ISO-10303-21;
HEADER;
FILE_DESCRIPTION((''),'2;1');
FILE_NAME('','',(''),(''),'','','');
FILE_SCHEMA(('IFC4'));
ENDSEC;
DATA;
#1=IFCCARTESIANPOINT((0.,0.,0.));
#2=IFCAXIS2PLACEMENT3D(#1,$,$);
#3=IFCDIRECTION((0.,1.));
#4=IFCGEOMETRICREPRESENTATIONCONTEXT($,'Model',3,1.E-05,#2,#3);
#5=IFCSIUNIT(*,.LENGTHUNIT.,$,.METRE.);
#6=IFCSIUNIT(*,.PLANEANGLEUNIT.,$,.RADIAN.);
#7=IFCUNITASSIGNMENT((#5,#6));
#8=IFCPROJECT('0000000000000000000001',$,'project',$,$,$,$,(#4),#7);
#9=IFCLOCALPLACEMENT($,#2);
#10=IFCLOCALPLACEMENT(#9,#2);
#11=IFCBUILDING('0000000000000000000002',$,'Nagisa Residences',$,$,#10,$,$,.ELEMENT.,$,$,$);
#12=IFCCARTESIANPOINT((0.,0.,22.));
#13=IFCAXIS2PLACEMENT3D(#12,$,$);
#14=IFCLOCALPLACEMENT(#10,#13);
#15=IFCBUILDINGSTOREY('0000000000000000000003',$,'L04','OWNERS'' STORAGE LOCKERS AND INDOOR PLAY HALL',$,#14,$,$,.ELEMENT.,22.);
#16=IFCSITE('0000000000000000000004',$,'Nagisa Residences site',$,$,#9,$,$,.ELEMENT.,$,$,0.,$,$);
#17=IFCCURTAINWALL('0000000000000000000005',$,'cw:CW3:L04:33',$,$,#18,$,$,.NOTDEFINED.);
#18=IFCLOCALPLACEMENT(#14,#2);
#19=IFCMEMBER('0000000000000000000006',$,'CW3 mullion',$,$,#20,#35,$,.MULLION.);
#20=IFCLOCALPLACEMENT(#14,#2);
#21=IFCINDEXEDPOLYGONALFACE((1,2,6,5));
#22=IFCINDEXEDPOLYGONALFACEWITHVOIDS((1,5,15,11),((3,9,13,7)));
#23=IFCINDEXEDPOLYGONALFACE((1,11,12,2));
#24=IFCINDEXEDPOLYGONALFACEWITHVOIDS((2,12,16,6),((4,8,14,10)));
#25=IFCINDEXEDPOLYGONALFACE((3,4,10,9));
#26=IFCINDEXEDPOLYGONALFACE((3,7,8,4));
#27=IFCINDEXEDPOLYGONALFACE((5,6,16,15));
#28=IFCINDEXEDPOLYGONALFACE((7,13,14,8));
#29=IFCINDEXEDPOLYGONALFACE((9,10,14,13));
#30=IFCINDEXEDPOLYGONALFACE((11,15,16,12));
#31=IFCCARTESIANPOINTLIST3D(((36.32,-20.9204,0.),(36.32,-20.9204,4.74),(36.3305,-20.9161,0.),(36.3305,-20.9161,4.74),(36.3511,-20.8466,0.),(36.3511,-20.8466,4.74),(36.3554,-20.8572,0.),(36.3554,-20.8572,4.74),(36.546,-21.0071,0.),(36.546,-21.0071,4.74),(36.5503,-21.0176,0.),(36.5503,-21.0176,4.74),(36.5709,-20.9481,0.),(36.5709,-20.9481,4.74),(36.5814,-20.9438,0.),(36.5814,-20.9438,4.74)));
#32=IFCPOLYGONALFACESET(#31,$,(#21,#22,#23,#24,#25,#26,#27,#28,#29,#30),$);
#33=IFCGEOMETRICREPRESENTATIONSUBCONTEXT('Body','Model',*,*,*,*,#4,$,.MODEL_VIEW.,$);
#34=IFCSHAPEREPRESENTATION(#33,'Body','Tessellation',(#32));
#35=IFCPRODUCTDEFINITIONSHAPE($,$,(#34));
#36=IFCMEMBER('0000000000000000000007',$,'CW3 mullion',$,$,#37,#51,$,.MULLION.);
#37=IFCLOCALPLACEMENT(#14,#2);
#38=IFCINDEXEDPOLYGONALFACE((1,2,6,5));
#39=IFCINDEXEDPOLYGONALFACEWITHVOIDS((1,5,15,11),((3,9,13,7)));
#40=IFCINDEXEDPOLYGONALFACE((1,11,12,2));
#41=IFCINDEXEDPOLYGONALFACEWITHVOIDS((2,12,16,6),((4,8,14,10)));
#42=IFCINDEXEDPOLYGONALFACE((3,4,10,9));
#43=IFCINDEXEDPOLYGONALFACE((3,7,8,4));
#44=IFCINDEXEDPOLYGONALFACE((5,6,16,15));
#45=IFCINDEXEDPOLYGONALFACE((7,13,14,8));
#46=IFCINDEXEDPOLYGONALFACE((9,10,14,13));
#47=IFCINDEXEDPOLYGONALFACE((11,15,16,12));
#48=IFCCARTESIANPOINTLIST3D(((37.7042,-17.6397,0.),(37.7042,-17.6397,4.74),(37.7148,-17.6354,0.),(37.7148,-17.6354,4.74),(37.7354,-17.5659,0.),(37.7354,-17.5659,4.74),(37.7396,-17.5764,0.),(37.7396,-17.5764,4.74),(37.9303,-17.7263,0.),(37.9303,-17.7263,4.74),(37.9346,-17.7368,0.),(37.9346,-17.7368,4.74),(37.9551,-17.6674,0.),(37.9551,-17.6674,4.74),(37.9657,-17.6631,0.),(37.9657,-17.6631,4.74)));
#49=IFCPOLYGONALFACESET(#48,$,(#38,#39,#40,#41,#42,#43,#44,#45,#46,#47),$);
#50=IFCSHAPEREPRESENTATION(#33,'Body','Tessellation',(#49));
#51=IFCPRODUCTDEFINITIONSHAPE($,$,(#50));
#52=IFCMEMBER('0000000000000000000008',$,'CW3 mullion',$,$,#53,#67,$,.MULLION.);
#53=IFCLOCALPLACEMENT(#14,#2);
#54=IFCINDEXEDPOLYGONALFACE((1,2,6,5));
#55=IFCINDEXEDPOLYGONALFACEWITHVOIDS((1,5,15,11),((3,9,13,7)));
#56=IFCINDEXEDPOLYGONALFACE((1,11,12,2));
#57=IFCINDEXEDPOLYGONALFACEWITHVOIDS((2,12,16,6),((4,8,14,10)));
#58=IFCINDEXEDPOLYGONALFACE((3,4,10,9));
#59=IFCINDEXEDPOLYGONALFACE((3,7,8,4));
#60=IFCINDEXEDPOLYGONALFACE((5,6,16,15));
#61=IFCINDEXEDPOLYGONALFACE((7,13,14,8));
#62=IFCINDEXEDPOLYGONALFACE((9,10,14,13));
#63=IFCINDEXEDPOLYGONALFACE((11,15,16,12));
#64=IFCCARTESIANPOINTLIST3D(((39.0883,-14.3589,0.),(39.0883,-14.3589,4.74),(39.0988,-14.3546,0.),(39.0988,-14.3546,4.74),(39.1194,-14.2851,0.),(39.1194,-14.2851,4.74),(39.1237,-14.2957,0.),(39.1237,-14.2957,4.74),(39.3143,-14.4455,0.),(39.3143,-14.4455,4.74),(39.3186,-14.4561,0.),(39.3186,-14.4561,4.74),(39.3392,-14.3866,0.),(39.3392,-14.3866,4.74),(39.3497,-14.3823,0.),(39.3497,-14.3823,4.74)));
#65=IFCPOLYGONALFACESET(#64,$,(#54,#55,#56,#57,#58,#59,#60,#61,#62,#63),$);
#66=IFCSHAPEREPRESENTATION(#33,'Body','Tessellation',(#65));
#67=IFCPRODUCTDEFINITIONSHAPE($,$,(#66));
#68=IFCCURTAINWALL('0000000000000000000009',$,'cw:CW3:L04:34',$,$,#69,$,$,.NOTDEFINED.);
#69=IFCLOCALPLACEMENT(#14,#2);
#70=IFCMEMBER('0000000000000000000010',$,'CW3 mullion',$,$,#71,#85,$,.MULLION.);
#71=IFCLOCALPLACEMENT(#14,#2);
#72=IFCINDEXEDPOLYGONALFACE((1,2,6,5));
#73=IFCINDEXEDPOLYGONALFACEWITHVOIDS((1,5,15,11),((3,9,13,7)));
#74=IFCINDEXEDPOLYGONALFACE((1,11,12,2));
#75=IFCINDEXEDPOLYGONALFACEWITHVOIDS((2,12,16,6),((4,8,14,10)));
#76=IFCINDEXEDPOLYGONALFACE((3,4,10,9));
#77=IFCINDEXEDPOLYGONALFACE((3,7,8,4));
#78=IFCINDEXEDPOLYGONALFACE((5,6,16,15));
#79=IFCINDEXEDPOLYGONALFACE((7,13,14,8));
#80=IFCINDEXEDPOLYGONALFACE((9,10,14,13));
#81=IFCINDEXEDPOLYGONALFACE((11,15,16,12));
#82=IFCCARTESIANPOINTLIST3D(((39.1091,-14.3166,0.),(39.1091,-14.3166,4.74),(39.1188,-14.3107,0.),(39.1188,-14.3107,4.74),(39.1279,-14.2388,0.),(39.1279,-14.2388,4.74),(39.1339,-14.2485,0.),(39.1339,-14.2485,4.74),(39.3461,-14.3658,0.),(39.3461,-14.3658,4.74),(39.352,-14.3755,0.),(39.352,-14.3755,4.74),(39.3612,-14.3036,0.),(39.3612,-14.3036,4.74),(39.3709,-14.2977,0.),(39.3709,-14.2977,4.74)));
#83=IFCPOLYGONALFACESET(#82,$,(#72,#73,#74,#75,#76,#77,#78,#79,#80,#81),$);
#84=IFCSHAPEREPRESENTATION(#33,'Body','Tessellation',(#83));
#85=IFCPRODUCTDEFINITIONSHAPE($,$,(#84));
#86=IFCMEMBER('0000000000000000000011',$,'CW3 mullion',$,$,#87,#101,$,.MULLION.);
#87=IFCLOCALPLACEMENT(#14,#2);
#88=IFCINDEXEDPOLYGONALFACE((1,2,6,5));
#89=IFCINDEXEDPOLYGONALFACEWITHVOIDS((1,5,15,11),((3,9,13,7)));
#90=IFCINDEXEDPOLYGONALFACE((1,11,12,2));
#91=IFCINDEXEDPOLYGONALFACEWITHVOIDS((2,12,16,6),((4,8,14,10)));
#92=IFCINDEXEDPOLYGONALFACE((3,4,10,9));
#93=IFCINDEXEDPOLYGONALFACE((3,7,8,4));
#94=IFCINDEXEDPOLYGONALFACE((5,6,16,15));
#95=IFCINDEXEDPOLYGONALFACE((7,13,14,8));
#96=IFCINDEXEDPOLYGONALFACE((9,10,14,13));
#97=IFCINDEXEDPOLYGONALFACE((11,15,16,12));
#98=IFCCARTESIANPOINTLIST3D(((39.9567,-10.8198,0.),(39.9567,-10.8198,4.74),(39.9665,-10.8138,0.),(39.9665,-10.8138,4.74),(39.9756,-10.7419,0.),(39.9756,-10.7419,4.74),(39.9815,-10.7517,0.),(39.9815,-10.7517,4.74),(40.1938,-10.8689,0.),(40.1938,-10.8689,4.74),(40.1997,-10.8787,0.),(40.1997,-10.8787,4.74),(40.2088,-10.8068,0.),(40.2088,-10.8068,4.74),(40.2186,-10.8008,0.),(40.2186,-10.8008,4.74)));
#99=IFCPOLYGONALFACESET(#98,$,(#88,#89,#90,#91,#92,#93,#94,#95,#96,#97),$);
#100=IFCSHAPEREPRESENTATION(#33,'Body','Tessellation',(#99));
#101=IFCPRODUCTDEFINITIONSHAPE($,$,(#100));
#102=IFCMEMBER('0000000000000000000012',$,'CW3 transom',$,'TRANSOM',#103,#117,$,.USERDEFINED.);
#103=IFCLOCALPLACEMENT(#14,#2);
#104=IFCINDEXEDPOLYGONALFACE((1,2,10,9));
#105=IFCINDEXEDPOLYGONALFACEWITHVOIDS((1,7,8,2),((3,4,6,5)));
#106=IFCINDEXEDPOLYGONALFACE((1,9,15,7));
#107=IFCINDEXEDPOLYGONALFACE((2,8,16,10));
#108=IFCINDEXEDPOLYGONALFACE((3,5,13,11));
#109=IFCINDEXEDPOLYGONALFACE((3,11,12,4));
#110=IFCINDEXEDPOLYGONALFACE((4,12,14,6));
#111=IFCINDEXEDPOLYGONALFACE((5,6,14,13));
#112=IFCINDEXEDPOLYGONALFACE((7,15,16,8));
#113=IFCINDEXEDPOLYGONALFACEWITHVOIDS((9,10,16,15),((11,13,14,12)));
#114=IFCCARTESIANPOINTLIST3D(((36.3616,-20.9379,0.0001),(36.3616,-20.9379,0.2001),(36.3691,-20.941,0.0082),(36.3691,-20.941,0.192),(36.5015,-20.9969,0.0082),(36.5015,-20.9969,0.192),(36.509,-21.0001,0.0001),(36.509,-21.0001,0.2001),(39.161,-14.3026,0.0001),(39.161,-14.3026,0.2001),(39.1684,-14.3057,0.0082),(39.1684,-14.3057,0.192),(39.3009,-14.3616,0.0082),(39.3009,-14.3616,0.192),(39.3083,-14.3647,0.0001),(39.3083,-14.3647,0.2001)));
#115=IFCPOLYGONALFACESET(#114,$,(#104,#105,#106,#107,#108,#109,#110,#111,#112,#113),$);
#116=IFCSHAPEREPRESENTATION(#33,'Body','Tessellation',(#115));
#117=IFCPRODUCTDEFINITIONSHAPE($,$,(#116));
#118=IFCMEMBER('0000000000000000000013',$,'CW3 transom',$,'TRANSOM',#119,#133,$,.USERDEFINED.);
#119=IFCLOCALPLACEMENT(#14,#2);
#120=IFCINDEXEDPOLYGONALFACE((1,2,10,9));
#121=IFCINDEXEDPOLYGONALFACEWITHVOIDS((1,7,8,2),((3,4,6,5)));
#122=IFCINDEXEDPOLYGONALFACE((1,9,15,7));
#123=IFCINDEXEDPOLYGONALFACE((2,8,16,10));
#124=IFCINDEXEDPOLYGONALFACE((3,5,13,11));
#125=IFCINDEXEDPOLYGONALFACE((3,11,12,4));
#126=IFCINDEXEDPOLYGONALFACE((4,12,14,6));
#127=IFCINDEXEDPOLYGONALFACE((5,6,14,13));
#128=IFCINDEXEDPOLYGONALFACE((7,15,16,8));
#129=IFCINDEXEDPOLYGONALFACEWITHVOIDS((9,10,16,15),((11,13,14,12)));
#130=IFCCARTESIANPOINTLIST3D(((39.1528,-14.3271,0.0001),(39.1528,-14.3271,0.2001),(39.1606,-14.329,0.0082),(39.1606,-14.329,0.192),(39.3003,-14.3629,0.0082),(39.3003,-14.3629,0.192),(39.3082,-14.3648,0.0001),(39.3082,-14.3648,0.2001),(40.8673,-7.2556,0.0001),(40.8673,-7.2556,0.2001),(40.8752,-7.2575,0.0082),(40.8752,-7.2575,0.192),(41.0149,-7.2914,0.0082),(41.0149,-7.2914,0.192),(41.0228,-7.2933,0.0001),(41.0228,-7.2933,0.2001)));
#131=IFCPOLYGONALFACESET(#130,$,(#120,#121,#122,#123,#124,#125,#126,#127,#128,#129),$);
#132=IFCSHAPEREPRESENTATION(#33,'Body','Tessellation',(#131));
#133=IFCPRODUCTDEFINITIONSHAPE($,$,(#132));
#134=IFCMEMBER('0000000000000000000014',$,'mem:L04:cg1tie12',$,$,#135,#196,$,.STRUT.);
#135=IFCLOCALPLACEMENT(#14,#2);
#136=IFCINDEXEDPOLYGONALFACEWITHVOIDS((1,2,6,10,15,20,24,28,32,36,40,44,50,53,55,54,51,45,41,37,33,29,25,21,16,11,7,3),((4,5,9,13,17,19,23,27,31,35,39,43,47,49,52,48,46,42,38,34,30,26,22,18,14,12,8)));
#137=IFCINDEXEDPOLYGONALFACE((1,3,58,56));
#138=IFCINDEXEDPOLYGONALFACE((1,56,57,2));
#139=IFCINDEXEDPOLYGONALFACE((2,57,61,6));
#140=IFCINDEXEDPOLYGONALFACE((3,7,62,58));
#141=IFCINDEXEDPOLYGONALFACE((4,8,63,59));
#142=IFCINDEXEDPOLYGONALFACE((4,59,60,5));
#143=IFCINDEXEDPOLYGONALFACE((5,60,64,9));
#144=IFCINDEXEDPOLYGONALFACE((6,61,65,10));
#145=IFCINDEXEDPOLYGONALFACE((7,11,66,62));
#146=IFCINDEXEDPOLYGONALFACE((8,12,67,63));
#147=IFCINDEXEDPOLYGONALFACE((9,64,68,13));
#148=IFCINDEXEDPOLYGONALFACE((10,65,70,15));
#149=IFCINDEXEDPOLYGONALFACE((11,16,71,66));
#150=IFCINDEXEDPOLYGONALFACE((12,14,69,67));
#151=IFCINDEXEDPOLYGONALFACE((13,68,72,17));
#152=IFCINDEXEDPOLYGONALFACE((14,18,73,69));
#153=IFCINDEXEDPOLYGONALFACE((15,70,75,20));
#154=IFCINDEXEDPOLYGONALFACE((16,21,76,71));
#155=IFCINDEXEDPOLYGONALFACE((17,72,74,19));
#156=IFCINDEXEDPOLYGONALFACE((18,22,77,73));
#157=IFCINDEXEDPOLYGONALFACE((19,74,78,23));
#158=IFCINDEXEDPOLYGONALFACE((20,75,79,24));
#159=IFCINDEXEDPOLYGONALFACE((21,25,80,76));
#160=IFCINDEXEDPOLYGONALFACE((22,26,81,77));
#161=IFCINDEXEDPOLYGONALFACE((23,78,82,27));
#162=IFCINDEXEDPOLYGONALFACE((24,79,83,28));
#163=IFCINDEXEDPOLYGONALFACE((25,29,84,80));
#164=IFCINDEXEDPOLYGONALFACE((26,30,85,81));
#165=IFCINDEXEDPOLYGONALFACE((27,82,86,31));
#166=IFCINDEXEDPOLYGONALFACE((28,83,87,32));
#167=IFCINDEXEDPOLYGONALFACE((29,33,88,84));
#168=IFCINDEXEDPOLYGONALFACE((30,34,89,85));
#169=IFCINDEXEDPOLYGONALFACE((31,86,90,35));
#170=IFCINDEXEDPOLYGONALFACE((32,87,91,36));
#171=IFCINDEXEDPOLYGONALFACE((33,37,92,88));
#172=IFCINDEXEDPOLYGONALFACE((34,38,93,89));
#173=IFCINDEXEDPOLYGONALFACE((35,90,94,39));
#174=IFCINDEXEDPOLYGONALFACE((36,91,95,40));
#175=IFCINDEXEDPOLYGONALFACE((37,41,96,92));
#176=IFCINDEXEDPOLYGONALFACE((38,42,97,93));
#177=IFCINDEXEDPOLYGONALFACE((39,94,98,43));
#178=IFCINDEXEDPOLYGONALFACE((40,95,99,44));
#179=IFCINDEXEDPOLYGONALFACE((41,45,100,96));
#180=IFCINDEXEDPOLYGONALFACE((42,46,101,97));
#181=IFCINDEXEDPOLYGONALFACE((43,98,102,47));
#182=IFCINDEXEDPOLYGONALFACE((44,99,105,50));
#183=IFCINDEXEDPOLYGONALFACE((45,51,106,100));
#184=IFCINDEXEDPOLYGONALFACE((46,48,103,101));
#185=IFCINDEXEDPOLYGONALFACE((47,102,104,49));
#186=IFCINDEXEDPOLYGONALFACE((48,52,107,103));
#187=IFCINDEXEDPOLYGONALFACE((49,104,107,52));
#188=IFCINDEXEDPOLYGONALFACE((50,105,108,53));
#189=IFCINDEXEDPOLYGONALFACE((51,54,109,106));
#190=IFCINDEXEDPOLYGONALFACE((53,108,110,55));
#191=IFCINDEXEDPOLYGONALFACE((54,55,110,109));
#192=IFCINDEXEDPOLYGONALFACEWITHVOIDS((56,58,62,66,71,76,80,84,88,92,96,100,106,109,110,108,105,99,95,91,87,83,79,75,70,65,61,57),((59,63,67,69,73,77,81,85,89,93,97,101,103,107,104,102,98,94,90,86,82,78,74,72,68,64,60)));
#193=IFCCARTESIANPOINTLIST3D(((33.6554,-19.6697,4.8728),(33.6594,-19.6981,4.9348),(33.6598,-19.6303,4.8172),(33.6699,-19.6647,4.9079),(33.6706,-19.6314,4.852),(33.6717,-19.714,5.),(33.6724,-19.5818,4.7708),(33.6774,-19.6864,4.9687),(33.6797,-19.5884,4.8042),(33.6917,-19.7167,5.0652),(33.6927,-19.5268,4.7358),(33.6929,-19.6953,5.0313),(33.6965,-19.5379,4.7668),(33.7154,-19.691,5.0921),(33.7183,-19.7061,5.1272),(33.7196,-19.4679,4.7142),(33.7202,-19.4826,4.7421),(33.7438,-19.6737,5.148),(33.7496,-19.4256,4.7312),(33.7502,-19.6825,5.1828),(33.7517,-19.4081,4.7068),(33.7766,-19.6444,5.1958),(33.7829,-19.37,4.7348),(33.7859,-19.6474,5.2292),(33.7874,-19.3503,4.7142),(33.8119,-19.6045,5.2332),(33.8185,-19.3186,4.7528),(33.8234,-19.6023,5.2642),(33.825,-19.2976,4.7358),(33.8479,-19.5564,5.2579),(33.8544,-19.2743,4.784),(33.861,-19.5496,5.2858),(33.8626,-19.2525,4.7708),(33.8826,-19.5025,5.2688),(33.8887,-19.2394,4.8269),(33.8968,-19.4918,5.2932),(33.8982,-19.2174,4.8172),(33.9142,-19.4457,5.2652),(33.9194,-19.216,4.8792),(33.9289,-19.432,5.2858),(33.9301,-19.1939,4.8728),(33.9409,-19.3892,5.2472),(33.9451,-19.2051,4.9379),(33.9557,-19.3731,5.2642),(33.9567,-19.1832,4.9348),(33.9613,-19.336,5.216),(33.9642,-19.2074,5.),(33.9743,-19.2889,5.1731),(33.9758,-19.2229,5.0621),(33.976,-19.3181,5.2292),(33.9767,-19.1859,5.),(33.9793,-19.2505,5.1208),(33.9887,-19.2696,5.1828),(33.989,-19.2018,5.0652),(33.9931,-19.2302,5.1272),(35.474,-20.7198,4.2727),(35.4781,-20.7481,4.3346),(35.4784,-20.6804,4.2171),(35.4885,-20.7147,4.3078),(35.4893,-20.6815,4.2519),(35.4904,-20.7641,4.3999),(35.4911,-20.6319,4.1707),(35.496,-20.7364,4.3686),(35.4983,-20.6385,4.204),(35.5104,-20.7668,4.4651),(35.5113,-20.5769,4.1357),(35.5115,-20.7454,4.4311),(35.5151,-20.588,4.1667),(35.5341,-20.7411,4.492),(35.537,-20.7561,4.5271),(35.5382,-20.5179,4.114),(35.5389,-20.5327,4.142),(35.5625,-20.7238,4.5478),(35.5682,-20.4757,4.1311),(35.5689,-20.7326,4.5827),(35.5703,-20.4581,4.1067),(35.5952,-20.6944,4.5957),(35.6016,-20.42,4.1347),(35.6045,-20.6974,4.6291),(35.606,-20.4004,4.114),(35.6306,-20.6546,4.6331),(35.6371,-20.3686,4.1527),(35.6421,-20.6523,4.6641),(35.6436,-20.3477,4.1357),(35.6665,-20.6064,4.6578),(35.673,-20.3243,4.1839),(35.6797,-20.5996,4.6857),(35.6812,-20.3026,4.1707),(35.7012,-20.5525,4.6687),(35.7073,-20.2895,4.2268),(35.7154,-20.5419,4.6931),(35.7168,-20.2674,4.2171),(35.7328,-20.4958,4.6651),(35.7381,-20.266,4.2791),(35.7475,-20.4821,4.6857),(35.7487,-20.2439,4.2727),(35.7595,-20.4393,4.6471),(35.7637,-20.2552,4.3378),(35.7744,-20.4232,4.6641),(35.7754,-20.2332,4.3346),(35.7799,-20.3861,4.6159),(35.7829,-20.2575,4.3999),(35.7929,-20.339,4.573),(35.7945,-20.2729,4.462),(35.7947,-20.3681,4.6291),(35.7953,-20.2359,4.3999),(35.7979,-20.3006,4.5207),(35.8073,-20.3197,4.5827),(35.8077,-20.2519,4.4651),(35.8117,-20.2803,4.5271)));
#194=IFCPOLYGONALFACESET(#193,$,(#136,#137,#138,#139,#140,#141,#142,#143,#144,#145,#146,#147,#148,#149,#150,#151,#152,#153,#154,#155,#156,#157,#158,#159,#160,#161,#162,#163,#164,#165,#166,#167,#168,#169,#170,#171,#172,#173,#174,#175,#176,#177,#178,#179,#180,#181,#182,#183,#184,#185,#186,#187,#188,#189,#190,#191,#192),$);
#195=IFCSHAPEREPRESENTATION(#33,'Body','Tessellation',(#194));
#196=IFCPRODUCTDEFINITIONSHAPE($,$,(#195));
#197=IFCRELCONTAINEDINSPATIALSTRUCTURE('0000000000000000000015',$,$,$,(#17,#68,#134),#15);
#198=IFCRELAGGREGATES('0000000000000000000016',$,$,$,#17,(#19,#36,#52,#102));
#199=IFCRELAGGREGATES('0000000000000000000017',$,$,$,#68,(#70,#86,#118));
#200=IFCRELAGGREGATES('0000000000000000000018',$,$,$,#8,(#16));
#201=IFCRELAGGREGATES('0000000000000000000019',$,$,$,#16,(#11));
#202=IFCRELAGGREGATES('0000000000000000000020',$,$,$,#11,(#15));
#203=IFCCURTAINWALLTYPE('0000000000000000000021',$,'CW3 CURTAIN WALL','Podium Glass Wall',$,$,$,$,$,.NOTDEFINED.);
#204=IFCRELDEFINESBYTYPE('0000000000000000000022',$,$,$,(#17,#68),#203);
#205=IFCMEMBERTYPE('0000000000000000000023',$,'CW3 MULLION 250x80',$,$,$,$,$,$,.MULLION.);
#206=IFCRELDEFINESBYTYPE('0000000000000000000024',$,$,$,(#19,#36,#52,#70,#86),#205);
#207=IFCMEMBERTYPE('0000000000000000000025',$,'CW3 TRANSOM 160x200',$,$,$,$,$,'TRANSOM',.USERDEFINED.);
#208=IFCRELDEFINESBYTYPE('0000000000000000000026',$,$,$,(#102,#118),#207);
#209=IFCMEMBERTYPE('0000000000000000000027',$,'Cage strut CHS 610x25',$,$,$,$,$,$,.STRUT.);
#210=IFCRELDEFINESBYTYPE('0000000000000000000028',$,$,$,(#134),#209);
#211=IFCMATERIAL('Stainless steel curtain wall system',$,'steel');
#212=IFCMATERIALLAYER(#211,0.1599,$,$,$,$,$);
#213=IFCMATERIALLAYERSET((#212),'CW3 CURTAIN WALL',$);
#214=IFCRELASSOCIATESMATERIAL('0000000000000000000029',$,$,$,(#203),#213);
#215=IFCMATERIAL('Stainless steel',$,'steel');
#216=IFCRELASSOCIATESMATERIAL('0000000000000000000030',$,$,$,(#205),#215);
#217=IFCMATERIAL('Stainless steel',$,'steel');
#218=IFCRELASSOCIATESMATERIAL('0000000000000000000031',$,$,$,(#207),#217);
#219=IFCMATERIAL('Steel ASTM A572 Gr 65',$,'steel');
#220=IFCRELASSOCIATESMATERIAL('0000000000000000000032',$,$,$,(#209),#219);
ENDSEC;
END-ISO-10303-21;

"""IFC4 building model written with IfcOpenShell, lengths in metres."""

from ifc_helpers import new_model, si_unit, direction, frame, origin, origin_2d, place, context, subcontext, project, spatial, hollow_rectangle, hollow_circle, extrude, material, layer, layer_set, material_profile, profile_set, type_object, element, aggregate, save


model = new_model("IFC4")

# Units and contexts
model_context = context("Model", 3, precision=1e-05, world=origin(), true_north=direction((0.0, 1.0)))
body_context = subcontext(model_context, "Body", "Model", "MODEL_VIEW")
ifc_project = project(units=[si_unit("LENGTHUNIT", "METRE"), si_unit("PLANEANGLEUNIT", "RADIAN")], contexts=[model_context])

# Site, building, storey
site_placement = place(None, origin())
site = spatial("IfcSite", under=ifc_project, at=site_placement, Name="Nagisa Residences site", CompositionType="ELEMENT", RefElevation=0.0)
building_placement = place(site_placement, origin())
building = spatial("IfcBuilding", under=site, at=building_placement, Name="Nagisa Residences", CompositionType="ELEMENT")
storey_placement = place(building_placement, frame((0.0, 0.0, 22.0)))
storey = spatial("IfcBuildingStorey", under=building, at=storey_placement, Name="L04", Description="OWNERS' STORAGE LOCKERS AND INDOOR PLAY HALL", CompositionType="ELEMENT", Elevation=22.0)

# Shared definitions
ifc_material_1 = material(Name="Stainless steel curtain wall system", Category="steel")
ifc_layer_1 = layer(ifc_material_1, 0.1599)
ifc_layer_set_1 = layer_set([ifc_layer_1], Name="CW3 CURTAIN WALL")
curtain_wall_type = type_object("IfcCurtainWallType", Name="CW3 CURTAIN WALL", Description="Podium Glass Wall", PredefinedType="NOTDEFINED", material=ifc_layer_set_1)
ifc_material_2 = material(Name="Stainless steel", Category="steel")
ifc_material_profile_1 = material_profile(ifc_material_2, hollow_rectangle(XDim=0.25, YDim=0.0801, WallThickness=0.0081, at=origin_2d()), Name="CW3 MULLION 250x80")
ifc_profile_set_1 = profile_set([ifc_material_profile_1], Name="Stainless steel")
member_type_1 = type_object("IfcMemberType", Name="CW3 MULLION 250x80", PredefinedType="MULLION", material=ifc_profile_set_1)

# Curtain walls, members
curtain_wall_1_placement = place(storey_placement, origin())
curtain_wall_1 = element("IfcCurtainWall", 1, at=curtain_wall_1_placement, inside=storey, type_object=curtain_wall_type, Name="cw:CW3:L04:33", PredefinedType="NOTDEFINED")
member_1_placement = place(storey_placement, frame((36.4507, -20.9321, 0.0), z_axis=(0.0, 0.0, 1.0), x_axis=(-0.921357, 0.388718, 0.0)))
member_1 = element("IfcMember", 2, at=member_1_placement, type_object=member_type_1, Name="CW3 mullion", PredefinedType="MULLION", context=body_context, shape_type="SweptSolid", body=[
    extrude(hollow_rectangle(XDim=0.25, YDim=0.0801, WallThickness=0.0081, at=origin_2d()), origin(), (0.0, 0.0, 1.0), 4.74),
])
member_2_placement = place(storey_placement, frame((37.835, -17.6514, 0.0), z_axis=(0.0, 0.0, 1.0), x_axis=(-0.921357, 0.388718, 0.0)))
member_2 = element("IfcMember", 3, at=member_2_placement, type_object=member_type_1, Name="CW3 mullion", PredefinedType="MULLION", context=body_context, shape_type="SweptSolid", body=[
    extrude(hollow_rectangle(XDim=0.25, YDim=0.0801, WallThickness=0.0081, at=origin_2d()), origin(), (0.0, 0.0, 1.0), 4.74),
])
member_3_placement = place(storey_placement, frame((39.219, -14.3706, 0.0), z_axis=(0.0, 0.0, 1.0), x_axis=(-0.921357, 0.388718, 0.0)))
member_3 = element("IfcMember", 4, at=member_3_placement, type_object=member_type_1, Name="CW3 mullion", PredefinedType="MULLION", context=body_context, shape_type="SweptSolid", body=[
    extrude(hollow_rectangle(XDim=0.25, YDim=0.0801, WallThickness=0.0081, at=origin_2d()), origin(), (0.0, 0.0, 1.0), 4.74),
])
curtain_wall_2_placement = place(storey_placement, origin())
curtain_wall_2 = element("IfcCurtainWall", 5, at=curtain_wall_2_placement, inside=storey, type_object=curtain_wall_type, Name="cw:CW3:L04:34", PredefinedType="NOTDEFINED")
member_4_placement = place(storey_placement, frame((39.24, -14.3071, 0.0), z_axis=(0.0, 0.0, 1.0), x_axis=(-0.971849, 0.235606, 0.0)))
member_4 = element("IfcMember", 6, at=member_4_placement, type_object=member_type_1, Name="CW3 mullion", PredefinedType="MULLION", context=body_context, shape_type="SweptSolid", body=[
    extrude(hollow_rectangle(XDim=0.25, YDim=0.0801, WallThickness=0.0081, at=origin_2d()), origin(), (0.0, 0.0, 1.0), 4.74),
])
member_5_placement = place(storey_placement, frame((40.0876, -10.8103, 0.0), z_axis=(0.0, 0.0, 1.0), x_axis=(-0.971849, 0.235606, 0.0)))
member_5 = element("IfcMember", 7, at=member_5_placement, type_object=member_type_1, Name="CW3 mullion", PredefinedType="MULLION", context=body_context, shape_type="SweptSolid", body=[
    extrude(hollow_rectangle(XDim=0.25, YDim=0.0801, WallThickness=0.0081, at=origin_2d()), origin(), (0.0, 0.0, 1.0), 4.74),
])

# Members
ifc_material_3 = material(Name="Stainless steel", Category="steel")
ifc_material_profile_2 = material_profile(ifc_material_3, hollow_rectangle(XDim=0.1599, YDim=0.2, WallThickness=0.0081, at=origin_2d()), Name="CW3 TRANSOM 160x200")
ifc_profile_set_2 = profile_set([ifc_material_profile_2], Name="Stainless steel")
member_type_2 = type_object("IfcMemberType", Name="CW3 TRANSOM 160x200", ElementType="TRANSOM", PredefinedType="USERDEFINED", material=ifc_profile_set_2)
member_6_placement = place(storey_placement, frame((36.4353, -20.969, 0.1001), z_axis=(0.388709, 0.921361, 0.0), x_axis=(-0.921361, 0.388709, 0.0)))
member_6 = element("IfcMember", 8, at=member_6_placement, type_object=member_type_2, Name="CW3 transom", ObjectType="TRANSOM", PredefinedType="USERDEFINED", context=body_context, shape_type="SweptSolid", body=[
    extrude(hollow_rectangle(XDim=0.1599, YDim=0.2, WallThickness=0.0081, at=origin_2d()), origin(), (0.0, 0.0, 1.0), 7.2017),
])
member_7_placement = place(storey_placement, frame((39.2305, -14.3459, 0.1001), z_axis=(0.235637, 0.971841, 0.0), x_axis=(-0.971841, 0.235637, 0.0)))
member_7 = element("IfcMember", 9, at=member_7_placement, type_object=member_type_2, Name="CW3 transom", ObjectType="TRANSOM", PredefinedType="USERDEFINED", context=body_context, shape_type="SweptSolid", body=[
    extrude(hollow_rectangle(XDim=0.1599, YDim=0.2, WallThickness=0.0081, at=origin_2d()), origin(), (0.0, 0.0, 1.0), 7.2764),
])
ifc_material_4 = material(Name="Steel ASTM A572 Gr 65", Category="steel")
ifc_material_profile_3 = material_profile(ifc_material_4, hollow_circle(Radius=0.3049, WallThickness=0.0249, at=origin_2d()), Name="CHS 610x25")
ifc_profile_set_3 = profile_set([ifc_material_profile_3], Name="Steel ASTM A572 Gr 65")
member_type_3 = type_object("IfcMemberType", Name="Cage strut CHS 610x25", PredefinedType="STRUT", material=ifc_profile_set_3)
member_8_placement = place(storey_placement, frame((33.8242, -19.45, 5.0), z_axis=(0.832678, -0.480782, -0.274765), x_axis=(0.500028, 0.866009, 0.0)))
element("IfcMember", 10, at=member_8_placement, inside=storey, type_object=member_type_3, Name="mem:L04:cg1tie12", PredefinedType="STRUT", context=body_context, shape_type="SweptSolid", body=[
    extrude(hollow_circle(Radius=0.3049, WallThickness=0.0249, at=origin_2d()), origin(), (0.0, 0.0, 1.0), 2.1841),
])

aggregate(curtain_wall_1, [member_1, member_2, member_3, member_6])
aggregate(curtain_wall_2, [member_4, member_5, member_7])

save(model, "model.ifc")
